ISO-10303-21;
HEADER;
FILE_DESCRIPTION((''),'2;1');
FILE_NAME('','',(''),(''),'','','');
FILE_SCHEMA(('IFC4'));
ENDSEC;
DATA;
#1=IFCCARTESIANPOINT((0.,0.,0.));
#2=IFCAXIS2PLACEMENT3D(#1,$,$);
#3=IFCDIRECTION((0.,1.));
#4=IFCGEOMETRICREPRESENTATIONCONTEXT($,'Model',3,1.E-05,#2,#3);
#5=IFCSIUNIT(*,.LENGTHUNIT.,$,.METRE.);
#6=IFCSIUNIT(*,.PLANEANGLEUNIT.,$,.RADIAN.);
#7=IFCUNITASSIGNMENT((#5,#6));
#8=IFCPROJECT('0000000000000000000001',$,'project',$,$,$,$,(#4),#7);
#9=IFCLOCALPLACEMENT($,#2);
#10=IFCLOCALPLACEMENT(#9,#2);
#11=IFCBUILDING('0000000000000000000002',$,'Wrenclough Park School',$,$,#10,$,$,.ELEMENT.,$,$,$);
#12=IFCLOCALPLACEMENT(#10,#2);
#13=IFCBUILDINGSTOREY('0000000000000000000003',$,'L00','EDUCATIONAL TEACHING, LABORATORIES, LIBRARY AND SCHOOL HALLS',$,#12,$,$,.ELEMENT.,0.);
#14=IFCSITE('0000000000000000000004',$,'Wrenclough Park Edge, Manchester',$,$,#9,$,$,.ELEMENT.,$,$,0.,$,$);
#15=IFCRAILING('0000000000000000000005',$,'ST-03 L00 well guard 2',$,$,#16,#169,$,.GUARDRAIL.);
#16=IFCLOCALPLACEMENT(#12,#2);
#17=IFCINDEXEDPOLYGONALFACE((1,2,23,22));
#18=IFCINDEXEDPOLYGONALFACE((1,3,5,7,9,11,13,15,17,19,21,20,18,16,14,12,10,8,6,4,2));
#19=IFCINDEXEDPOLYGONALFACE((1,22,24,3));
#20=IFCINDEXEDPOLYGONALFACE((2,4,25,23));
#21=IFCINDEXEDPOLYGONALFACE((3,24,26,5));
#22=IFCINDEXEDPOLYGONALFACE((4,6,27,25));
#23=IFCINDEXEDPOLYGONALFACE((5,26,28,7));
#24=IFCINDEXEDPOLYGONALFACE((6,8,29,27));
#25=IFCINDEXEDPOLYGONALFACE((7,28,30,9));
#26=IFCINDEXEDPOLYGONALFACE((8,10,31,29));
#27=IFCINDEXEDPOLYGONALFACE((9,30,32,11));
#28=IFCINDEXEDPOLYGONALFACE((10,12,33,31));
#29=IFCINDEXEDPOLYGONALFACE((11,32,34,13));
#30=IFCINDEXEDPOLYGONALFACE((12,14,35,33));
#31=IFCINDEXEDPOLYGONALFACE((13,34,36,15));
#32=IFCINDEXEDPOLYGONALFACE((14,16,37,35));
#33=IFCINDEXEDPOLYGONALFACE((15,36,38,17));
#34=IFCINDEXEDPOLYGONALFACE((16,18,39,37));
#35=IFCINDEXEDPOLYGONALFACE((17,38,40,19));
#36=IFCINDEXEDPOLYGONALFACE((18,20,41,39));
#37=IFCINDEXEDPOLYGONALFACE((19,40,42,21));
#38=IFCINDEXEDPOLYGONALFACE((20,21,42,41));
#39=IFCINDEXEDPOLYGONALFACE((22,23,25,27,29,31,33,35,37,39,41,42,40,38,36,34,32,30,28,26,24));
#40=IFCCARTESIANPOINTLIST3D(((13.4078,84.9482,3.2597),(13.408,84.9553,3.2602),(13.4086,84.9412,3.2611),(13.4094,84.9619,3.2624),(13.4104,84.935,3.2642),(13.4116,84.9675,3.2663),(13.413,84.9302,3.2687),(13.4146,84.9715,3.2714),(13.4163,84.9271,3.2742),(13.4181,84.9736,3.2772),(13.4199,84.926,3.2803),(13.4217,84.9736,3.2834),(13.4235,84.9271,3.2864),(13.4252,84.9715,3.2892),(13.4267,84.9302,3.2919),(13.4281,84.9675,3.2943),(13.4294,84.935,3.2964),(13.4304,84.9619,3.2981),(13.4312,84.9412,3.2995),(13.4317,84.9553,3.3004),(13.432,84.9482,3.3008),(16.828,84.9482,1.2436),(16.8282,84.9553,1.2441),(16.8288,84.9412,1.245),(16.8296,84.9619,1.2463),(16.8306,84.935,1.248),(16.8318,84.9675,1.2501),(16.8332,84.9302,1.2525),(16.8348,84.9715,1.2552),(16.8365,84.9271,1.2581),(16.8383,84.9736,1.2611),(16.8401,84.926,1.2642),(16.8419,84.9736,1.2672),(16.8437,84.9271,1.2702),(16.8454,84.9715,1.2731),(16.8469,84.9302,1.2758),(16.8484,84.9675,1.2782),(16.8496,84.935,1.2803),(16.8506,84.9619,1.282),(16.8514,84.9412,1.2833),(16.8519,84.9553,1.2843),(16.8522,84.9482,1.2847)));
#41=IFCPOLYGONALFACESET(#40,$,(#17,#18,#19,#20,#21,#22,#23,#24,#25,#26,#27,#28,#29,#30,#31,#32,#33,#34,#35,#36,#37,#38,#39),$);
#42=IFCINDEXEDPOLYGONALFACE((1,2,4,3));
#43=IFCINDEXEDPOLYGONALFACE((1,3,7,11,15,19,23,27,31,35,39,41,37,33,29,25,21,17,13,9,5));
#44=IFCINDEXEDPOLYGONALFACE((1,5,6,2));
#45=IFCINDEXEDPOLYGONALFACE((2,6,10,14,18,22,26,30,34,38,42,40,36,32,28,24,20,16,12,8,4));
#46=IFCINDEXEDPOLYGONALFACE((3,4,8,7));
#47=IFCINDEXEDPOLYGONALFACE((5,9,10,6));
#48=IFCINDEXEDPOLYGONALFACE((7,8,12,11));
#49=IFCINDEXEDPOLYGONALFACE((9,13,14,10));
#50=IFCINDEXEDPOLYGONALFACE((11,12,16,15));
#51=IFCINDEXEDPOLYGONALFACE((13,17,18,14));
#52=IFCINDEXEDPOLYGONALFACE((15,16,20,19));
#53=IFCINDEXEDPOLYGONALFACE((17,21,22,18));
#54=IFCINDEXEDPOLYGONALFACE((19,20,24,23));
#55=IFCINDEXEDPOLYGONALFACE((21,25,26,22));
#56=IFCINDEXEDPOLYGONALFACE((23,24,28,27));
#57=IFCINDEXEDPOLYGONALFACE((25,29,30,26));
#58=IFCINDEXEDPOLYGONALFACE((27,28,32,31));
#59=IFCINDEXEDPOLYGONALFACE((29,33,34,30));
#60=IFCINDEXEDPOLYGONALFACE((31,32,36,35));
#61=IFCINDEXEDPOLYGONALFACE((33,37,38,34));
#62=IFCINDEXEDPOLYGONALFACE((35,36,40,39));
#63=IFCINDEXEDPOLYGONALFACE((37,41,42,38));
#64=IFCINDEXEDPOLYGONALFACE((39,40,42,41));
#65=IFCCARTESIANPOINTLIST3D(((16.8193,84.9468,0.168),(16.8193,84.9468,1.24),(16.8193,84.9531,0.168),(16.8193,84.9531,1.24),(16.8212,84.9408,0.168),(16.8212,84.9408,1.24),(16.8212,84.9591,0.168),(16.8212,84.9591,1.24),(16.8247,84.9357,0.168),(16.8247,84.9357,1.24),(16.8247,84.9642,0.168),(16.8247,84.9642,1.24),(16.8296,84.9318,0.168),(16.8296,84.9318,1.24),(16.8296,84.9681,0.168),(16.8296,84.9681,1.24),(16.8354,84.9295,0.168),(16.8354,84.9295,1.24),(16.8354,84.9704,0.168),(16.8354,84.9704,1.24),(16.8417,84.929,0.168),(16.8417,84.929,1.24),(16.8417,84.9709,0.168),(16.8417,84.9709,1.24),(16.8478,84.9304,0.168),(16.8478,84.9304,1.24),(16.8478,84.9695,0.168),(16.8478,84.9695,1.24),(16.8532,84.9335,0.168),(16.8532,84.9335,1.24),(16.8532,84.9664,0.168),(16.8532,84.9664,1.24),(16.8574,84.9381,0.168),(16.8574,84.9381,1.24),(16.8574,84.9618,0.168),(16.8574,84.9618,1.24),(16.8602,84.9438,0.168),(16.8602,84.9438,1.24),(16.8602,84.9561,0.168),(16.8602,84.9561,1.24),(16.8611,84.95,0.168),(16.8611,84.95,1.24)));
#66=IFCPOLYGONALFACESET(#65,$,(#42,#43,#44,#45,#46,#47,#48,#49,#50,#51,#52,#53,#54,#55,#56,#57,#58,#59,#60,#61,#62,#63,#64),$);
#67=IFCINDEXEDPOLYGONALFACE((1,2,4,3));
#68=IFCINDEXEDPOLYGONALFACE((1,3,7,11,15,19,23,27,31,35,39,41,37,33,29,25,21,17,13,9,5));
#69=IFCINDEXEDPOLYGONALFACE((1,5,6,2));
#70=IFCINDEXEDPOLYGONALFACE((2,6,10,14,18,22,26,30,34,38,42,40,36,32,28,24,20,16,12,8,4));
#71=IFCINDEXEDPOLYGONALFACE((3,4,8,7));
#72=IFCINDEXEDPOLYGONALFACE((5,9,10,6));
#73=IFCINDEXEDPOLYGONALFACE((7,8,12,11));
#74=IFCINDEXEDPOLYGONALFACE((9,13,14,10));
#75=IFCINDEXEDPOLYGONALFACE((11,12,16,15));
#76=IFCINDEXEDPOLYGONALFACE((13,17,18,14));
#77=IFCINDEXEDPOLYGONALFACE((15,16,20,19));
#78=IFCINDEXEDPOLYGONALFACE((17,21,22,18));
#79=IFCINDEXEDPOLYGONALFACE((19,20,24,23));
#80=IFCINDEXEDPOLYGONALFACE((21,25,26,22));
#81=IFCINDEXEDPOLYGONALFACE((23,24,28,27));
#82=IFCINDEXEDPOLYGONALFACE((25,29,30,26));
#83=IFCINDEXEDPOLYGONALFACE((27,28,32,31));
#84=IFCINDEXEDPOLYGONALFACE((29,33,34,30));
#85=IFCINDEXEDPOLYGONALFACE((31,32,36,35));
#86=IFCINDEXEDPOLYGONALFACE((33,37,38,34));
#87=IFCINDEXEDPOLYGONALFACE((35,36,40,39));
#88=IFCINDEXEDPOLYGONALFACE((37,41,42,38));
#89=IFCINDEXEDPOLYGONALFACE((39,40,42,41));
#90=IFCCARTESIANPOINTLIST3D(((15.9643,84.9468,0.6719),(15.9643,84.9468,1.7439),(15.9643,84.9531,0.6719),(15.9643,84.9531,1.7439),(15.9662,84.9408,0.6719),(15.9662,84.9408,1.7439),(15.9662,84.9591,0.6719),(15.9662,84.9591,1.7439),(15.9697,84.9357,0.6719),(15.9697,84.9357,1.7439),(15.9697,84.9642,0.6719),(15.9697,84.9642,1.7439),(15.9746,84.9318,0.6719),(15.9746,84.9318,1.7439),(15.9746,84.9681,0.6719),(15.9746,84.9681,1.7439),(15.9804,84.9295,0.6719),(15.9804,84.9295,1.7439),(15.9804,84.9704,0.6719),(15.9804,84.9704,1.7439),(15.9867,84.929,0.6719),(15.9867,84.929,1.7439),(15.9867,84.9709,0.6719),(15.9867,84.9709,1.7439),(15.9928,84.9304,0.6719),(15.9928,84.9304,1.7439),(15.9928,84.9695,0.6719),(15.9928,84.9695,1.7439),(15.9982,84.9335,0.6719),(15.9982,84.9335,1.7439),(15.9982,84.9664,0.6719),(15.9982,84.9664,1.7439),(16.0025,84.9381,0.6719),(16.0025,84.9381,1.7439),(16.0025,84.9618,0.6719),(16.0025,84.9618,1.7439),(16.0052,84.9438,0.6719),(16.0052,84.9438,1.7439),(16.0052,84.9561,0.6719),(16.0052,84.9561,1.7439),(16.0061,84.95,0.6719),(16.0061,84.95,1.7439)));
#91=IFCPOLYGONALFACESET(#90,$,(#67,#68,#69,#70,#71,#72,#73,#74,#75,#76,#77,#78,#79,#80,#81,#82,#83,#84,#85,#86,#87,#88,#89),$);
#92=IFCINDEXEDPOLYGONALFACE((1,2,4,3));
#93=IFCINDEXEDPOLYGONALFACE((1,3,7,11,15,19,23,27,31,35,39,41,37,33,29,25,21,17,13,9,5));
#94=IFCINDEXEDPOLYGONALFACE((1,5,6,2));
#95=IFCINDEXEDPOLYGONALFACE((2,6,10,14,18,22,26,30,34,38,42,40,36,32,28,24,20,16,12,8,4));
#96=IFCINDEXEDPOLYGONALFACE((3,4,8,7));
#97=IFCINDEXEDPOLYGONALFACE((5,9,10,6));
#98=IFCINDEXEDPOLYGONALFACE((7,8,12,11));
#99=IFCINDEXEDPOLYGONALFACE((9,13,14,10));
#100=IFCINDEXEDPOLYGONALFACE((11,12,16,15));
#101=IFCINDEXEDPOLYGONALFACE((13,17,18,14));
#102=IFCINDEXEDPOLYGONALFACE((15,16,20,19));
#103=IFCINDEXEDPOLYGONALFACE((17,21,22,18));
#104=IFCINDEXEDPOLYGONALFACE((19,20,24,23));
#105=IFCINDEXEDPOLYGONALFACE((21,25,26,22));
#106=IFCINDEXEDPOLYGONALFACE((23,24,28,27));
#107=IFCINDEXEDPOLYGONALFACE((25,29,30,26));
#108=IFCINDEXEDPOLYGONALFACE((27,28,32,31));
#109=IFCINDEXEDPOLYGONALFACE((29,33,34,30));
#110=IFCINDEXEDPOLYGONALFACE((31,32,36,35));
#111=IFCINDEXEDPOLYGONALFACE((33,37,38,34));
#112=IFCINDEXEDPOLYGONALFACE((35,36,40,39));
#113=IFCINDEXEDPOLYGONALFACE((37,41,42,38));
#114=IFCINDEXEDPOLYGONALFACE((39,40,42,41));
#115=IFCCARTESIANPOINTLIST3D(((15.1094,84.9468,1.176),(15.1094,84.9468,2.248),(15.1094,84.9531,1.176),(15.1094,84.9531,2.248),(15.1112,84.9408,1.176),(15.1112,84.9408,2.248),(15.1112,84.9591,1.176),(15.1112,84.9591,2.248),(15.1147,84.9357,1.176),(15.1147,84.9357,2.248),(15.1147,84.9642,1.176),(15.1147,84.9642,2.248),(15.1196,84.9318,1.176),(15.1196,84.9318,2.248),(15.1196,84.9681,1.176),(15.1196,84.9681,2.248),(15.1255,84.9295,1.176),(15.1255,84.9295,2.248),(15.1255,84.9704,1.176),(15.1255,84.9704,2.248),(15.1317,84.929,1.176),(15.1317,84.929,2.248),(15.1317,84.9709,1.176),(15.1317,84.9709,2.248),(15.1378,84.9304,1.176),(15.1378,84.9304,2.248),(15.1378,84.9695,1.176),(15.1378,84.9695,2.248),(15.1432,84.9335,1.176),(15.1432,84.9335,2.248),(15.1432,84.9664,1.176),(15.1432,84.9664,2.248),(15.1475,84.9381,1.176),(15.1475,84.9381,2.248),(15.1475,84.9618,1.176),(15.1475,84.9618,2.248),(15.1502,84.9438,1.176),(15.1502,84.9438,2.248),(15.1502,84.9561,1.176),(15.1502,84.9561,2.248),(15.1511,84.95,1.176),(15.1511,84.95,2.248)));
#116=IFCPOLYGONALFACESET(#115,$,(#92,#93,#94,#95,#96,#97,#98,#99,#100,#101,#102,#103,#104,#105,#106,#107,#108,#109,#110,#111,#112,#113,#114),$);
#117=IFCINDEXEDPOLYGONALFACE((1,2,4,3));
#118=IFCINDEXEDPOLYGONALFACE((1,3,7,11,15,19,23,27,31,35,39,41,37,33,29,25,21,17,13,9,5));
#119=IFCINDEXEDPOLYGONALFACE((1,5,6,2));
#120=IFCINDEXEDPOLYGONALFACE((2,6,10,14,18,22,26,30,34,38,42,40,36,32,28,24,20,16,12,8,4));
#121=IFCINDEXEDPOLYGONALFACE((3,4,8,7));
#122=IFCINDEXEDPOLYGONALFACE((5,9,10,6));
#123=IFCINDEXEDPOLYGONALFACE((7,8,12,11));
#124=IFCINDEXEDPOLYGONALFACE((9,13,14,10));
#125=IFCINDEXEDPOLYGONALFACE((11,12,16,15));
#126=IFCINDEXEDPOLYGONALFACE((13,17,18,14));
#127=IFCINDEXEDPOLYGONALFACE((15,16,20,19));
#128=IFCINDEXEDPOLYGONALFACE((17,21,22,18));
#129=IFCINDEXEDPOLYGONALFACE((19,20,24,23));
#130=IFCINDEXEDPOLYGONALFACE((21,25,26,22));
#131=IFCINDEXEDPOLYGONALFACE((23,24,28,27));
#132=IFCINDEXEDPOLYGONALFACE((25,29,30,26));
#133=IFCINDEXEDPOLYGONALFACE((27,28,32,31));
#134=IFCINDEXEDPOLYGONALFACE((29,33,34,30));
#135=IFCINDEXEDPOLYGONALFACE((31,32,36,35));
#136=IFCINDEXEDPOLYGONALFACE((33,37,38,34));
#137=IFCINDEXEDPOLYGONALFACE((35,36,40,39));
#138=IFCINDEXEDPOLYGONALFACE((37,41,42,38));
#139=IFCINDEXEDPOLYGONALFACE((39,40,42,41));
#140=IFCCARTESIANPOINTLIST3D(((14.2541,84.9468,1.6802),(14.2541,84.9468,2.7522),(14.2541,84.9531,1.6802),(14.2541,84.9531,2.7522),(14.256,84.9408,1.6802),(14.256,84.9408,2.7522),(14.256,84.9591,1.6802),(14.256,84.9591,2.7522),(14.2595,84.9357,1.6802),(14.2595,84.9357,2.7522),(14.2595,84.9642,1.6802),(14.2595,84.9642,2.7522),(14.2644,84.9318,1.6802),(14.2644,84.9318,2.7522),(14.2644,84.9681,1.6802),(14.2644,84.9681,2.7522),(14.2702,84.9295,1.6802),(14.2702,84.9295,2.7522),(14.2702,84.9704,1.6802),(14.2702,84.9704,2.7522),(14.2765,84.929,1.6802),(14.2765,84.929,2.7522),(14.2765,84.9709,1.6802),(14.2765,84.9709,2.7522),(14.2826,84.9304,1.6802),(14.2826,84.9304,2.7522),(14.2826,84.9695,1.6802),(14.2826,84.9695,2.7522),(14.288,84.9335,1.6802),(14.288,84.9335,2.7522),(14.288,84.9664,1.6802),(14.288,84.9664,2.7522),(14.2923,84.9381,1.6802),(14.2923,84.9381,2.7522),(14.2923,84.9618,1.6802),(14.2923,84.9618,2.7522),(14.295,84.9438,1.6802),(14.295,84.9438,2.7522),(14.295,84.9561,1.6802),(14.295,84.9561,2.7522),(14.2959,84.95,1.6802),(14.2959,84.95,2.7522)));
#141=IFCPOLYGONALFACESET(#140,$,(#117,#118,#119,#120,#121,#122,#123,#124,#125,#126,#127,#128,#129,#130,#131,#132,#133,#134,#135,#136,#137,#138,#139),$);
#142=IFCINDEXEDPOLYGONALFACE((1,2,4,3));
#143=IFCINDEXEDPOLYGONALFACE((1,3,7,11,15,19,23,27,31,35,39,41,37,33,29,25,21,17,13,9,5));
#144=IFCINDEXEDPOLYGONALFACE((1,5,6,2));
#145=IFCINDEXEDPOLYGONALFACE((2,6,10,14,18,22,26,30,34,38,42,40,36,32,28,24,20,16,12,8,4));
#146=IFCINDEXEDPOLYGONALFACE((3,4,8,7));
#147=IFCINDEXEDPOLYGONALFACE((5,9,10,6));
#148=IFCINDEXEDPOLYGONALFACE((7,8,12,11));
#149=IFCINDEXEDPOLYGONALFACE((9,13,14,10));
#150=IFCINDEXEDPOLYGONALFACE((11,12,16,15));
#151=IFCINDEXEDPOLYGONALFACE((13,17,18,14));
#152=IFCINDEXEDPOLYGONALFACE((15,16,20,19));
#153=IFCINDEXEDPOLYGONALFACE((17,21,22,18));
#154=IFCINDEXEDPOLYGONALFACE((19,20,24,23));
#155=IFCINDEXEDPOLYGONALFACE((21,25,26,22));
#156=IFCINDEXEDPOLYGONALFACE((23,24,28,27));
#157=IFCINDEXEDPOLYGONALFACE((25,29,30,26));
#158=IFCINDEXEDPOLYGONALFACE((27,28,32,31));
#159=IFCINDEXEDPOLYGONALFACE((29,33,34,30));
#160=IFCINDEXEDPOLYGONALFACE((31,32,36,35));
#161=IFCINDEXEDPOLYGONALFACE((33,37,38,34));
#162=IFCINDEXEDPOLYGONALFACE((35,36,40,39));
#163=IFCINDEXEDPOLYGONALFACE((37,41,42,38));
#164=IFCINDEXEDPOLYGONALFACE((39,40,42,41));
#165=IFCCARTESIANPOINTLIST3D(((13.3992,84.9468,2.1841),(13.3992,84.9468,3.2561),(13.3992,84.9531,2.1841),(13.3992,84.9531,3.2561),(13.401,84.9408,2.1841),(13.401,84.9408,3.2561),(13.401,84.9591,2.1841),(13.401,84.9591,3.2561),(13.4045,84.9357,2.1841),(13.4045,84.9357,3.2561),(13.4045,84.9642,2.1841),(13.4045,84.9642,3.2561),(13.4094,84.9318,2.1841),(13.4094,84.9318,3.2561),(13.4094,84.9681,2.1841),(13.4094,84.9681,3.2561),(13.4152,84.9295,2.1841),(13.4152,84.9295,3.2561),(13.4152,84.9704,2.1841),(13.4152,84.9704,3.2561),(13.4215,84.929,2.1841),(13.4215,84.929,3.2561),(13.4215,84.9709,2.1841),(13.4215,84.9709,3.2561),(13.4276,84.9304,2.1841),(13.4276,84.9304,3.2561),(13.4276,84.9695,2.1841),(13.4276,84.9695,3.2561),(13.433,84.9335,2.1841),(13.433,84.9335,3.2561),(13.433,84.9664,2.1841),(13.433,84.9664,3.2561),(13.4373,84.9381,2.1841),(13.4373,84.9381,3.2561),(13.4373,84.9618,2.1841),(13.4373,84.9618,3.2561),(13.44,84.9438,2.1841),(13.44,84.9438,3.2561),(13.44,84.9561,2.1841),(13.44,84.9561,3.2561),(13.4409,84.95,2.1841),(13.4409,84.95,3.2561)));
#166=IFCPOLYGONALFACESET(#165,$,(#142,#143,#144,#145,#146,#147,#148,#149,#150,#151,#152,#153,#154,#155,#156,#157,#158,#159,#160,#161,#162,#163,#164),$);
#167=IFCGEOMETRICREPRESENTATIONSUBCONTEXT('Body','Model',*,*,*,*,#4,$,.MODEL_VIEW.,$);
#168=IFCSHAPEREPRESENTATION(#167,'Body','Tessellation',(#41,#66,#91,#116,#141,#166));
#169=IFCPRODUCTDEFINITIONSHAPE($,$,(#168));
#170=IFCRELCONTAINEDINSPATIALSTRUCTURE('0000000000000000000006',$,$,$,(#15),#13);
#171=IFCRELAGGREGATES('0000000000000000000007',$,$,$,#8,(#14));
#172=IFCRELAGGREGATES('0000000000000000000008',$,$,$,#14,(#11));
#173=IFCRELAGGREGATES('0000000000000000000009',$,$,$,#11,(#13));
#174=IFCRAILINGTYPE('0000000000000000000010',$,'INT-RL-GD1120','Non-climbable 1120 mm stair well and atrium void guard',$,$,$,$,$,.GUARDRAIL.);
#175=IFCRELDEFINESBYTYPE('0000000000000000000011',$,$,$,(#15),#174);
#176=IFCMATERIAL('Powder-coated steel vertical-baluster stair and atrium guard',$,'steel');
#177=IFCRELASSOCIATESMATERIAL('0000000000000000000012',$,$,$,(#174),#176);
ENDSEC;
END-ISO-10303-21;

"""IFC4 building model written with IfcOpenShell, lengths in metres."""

from ifc_helpers import new_model, si_unit, direction, frame, origin, origin_2d, place, context, subcontext, project, spatial, circle, extrude, material, type_object, element, save


model = new_model("IFC4")

# Units and contexts
model_context = context("Model", 3, precision=1e-05, world=origin(), true_north=direction((0.0, 1.0)))
body_context = subcontext(model_context, "Body", "Model", "MODEL_VIEW")
ifc_project = project(units=[si_unit("LENGTHUNIT", "METRE"), si_unit("PLANEANGLEUNIT", "RADIAN")], contexts=[model_context])

# Site, building, storey
site_placement = place(None, origin())
site = spatial("IfcSite", under=ifc_project, at=site_placement, Name="Wrenclough Park Edge, Manchester", CompositionType="ELEMENT", RefElevation=0.0)
building_placement = place(site_placement, origin())
building = spatial("IfcBuilding", under=site, at=building_placement, Name="Wrenclough Park School", CompositionType="ELEMENT")
storey_placement = place(building_placement, origin())
storey = spatial("IfcBuildingStorey", under=building, at=storey_placement, Name="L00", Description="EDUCATIONAL TEACHING, LABORATORIES, LIBRARY AND SCHOOL HALLS", CompositionType="ELEMENT", Elevation=0.0)

# Railing
ifc_material_1 = material(Name="Powder-coated steel vertical-baluster stair and atrium guard", Category="steel")
railing_type_1 = type_object("IfcRailingType", Name="INT-RL-GD1120", Description="Non-climbable 1120 mm stair well and atrium void guard", PredefinedType="GUARDRAIL", material=ifc_material_1)
railing_1_placement = place(storey_placement, frame((16.8401, 84.95, 0.168)))
element("IfcRailing", 1, at=railing_1_placement, inside=storey, type_object=railing_type_1, Name="ST-03 L00 well guard 2", PredefinedType="GUARDRAIL", context=body_context, shape_type="SweptSolid", body=[
    extrude(circle(Radius=0.0239, at=origin_2d()), frame((0.0, 0.0, 1.0962), z_axis=(-0.861466, 0.0, 0.507815), x_axis=(0.0, -1.0, 0.0)), (0.0, 0.0, 1.0), 3.9702),
    extrude(circle(Radius=0.021, at=origin_2d()), origin(), (0.0, 0.0, 1.0), 1.072),
    extrude(circle(Radius=0.021, at=origin_2d()), frame((-0.855, 0.0, 0.5039)), (0.0, 0.0, 1.0), 1.072),
    extrude(circle(Radius=0.021, at=origin_2d()), frame((-1.71, 0.0, 1.0081)), (0.0, 0.0, 1.0), 1.072),
    extrude(circle(Radius=0.021, at=origin_2d()), frame((-2.5652, 0.0, 1.5122)), (0.0, 0.0, 1.0), 1.072),
    extrude(circle(Radius=0.021, at=origin_2d()), frame((-3.4202, 0.0, 2.0161)), (0.0, 0.0, 1.0), 1.072),
])

save(model, "model.ifc")
